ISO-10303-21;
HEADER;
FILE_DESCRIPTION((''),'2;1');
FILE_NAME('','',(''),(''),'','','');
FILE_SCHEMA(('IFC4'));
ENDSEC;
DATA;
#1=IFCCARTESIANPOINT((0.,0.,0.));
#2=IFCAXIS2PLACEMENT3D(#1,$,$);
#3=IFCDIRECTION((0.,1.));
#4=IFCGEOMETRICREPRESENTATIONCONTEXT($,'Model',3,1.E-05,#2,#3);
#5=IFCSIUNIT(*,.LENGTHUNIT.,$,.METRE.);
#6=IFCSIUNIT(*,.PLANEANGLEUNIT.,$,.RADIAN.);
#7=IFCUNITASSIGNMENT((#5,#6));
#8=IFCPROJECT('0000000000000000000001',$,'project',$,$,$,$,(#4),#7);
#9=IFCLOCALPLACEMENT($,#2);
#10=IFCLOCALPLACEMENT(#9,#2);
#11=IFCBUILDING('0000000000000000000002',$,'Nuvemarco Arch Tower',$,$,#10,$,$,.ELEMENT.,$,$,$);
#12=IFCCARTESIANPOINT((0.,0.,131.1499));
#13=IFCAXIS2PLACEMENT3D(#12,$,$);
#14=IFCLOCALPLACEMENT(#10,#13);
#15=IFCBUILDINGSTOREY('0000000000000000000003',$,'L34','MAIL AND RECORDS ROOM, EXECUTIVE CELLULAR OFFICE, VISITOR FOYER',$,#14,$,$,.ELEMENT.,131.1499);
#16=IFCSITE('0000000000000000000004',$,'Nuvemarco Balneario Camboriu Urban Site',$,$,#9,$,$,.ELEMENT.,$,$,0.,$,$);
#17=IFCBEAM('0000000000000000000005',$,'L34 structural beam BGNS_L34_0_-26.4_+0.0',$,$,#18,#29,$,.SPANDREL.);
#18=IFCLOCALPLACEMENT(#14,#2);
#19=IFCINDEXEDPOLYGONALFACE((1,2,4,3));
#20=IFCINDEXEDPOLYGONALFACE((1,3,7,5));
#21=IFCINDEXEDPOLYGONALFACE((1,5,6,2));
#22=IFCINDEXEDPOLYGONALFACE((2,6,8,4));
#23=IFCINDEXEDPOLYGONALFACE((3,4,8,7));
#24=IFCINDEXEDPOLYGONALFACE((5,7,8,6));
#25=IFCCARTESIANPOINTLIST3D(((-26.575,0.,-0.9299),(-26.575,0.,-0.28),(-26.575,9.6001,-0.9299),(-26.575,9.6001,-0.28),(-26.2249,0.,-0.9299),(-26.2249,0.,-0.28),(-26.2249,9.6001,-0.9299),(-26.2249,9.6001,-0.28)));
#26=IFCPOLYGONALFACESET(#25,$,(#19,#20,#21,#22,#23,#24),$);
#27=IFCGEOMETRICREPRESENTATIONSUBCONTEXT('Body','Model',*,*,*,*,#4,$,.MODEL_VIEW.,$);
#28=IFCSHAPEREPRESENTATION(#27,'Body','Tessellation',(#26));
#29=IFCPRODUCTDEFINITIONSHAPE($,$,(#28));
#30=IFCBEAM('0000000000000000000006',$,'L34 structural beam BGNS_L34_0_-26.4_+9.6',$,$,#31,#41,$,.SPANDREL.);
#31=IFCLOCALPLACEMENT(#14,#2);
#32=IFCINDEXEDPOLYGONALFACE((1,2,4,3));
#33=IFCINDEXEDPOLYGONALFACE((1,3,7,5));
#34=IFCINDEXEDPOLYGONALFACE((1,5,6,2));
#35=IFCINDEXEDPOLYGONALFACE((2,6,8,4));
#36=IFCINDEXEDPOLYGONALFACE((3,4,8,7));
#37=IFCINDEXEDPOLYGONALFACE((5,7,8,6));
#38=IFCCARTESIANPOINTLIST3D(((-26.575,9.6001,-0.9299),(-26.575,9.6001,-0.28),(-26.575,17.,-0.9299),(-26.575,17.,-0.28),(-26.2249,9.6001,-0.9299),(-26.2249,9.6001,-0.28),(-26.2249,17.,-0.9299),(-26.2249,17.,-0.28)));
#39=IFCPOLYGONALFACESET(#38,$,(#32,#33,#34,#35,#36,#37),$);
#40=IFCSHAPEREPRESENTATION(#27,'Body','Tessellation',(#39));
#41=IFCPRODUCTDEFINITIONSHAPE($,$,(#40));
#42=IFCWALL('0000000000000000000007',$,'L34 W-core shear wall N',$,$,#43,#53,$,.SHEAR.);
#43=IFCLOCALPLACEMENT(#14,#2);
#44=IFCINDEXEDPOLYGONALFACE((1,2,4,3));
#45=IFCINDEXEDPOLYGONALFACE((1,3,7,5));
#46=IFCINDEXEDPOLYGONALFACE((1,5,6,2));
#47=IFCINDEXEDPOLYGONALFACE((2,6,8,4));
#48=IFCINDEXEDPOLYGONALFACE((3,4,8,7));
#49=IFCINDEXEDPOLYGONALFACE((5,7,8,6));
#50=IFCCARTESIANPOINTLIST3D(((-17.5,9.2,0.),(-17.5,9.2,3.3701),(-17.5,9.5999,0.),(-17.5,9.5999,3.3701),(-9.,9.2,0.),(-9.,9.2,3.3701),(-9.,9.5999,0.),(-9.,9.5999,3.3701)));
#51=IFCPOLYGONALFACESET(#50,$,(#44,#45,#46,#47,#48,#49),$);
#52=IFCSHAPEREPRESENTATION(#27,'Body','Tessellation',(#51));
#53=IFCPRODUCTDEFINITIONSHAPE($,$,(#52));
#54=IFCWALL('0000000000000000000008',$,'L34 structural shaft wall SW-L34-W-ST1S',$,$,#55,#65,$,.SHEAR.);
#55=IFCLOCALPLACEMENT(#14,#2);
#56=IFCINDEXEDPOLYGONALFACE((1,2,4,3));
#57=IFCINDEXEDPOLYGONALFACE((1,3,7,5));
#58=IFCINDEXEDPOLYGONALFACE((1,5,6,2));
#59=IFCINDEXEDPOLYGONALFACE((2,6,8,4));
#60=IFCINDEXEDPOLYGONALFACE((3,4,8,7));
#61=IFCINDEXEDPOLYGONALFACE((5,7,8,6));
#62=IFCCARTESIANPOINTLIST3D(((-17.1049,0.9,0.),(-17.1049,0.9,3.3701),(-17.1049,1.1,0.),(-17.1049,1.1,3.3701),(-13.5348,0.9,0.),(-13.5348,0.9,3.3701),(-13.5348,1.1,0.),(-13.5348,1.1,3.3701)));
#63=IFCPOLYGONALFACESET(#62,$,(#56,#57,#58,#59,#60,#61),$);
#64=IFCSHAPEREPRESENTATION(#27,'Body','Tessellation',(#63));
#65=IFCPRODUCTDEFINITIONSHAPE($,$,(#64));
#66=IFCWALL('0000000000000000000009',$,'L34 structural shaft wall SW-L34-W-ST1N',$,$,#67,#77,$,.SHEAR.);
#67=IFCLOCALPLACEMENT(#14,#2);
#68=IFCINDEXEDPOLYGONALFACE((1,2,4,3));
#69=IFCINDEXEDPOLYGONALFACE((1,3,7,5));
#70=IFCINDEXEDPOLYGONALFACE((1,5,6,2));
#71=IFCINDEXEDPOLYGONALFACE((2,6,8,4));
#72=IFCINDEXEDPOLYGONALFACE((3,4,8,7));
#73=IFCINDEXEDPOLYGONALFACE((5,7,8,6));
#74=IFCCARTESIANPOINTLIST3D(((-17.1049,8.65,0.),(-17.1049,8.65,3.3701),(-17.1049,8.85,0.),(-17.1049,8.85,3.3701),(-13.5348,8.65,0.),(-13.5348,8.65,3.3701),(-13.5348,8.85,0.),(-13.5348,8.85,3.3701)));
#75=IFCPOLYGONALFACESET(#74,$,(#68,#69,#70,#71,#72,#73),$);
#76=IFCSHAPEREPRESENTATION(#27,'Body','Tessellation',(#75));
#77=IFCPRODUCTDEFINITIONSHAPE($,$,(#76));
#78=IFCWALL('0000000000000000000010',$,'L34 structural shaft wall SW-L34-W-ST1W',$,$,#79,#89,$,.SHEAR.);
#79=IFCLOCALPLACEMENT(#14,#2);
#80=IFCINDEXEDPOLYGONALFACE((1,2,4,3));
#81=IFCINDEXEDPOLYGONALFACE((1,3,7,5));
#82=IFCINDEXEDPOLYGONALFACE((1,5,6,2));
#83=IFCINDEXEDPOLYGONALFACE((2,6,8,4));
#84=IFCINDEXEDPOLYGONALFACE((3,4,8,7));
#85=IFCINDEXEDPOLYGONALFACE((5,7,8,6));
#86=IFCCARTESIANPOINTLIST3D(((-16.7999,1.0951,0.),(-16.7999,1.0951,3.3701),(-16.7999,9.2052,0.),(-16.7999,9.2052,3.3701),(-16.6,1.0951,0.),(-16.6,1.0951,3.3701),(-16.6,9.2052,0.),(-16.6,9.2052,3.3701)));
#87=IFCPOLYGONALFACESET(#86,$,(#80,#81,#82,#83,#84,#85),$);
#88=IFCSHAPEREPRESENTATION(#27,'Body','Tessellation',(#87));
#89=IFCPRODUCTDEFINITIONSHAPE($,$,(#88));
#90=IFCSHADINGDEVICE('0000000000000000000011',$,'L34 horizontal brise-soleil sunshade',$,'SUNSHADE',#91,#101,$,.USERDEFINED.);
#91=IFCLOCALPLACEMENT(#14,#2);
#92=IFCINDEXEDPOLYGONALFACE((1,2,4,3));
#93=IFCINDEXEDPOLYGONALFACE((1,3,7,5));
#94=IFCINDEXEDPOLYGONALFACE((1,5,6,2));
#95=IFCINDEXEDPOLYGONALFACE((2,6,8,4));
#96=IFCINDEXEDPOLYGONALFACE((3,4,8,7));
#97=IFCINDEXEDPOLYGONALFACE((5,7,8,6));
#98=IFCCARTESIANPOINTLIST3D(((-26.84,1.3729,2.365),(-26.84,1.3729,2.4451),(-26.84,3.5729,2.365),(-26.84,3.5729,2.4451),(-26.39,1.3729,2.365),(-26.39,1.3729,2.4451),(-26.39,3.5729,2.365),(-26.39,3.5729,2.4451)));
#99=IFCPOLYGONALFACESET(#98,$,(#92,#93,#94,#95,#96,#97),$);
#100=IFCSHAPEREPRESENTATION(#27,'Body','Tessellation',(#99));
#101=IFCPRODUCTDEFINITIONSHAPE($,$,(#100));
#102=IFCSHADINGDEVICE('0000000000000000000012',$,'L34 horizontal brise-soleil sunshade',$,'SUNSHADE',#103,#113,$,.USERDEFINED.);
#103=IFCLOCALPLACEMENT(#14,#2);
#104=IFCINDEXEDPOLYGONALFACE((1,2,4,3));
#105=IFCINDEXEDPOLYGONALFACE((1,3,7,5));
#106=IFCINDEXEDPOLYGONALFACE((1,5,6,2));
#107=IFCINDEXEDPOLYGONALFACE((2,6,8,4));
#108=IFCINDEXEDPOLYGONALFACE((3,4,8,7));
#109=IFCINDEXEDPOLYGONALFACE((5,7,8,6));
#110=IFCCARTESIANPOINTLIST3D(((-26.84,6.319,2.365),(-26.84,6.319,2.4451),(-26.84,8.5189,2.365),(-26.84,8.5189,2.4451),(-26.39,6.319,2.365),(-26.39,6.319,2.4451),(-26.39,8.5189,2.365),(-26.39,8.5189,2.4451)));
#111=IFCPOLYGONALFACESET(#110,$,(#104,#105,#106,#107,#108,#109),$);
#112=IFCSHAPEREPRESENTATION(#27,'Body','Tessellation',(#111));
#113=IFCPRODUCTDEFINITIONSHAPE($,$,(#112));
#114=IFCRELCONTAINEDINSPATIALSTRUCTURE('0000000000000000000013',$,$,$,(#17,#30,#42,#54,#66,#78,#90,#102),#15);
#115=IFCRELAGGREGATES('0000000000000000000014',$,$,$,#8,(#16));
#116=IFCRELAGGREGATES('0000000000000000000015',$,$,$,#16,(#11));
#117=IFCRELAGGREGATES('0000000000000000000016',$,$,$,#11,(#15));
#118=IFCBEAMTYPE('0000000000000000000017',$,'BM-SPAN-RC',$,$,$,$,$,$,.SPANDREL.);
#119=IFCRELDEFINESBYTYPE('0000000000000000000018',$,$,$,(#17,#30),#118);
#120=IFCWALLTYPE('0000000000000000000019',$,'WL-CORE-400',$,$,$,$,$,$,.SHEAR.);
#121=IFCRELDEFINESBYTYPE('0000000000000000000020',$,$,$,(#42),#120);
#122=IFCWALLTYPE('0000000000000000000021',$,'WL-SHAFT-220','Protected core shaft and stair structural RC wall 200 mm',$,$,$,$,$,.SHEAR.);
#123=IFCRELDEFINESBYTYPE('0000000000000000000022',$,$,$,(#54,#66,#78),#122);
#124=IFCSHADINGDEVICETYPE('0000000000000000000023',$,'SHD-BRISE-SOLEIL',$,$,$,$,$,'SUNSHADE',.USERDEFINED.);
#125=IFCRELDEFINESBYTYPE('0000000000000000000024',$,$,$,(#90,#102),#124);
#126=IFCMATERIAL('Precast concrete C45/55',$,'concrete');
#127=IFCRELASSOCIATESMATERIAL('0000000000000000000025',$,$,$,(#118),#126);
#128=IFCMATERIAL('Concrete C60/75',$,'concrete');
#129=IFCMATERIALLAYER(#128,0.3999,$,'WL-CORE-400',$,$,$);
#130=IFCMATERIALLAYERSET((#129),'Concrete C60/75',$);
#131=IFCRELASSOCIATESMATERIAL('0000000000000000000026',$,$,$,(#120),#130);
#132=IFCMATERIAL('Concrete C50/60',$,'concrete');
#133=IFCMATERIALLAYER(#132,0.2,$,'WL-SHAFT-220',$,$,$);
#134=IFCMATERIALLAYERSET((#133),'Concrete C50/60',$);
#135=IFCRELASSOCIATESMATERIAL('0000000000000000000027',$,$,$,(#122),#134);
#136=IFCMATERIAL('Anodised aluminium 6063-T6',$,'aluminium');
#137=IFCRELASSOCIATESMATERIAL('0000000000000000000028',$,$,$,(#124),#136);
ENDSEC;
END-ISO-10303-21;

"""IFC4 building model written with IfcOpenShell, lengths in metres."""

from ifc_helpers import new_model, si_unit, direction, frame, frame_2d, origin, origin_2d, place, context, subcontext, project, spatial, rectangle, extrude, source, transform, mapped, material, layer, layer_set, material_profile, profile_set, type_object, type_shapes, element, save


model = new_model("IFC4")

# Units and contexts
model_context = context("Model", 3, precision=1e-05, world=origin(), true_north=direction((0.0, 1.0)))
body_context = subcontext(model_context, "Body", "Model", "MODEL_VIEW")
ifc_project = project(units=[si_unit("LENGTHUNIT", "METRE"), si_unit("PLANEANGLEUNIT", "RADIAN")], contexts=[model_context])

# Site, building, storey
site_placement = place(None, origin())
site = spatial("IfcSite", under=ifc_project, at=site_placement, Name="Nuvemarco Balneario Camboriu Urban Site", CompositionType="ELEMENT", RefElevation=0.0)
building_placement = place(site_placement, origin())
building = spatial("IfcBuilding", under=site, at=building_placement, Name="Nuvemarco Arch Tower", CompositionType="ELEMENT")
storey_placement = place(building_placement, frame((0.0, 0.0, 131.1499)))
storey = spatial("IfcBuildingStorey", under=building, at=storey_placement, Name="L34", Description="MAIL AND RECORDS ROOM, EXECUTIVE CELLULAR OFFICE, VISITOR FOYER", CompositionType="ELEMENT", Elevation=131.1499)

# Shared definitions
ifc_material_1 = material(Name="Concrete C50/60", Category="concrete")

# Beams
ifc_material_2 = material(Name="Precast concrete C45/55", Category="concrete")
ifc_material_profile_1 = material_profile(ifc_material_2, rectangle(XDim=0.3501, YDim=0.6499, at=origin_2d()), Name="PC-SP-350x650")
ifc_profile_set_1 = profile_set([ifc_material_profile_1], Name="Precast concrete C45/55")
beam_type_1 = type_object("IfcBeamType", Name="BM-SPAN-RC", PredefinedType="SPANDREL", material=ifc_profile_set_1)
beam_1_placement = place(storey_placement, frame((-26.3999, 0.0, -0.605), z_axis=(0.0, 1.0, 0.0), x_axis=(-1.0, 0.0, 0.0)))
element("IfcBeam", 1, at=beam_1_placement, inside=storey, type_object=beam_type_1, Name="L34 structural beam BGNS_L34_0_-26.4_+0.0", PredefinedType="SPANDREL", context=body_context, shape_type="SweptSolid", body=[
    extrude(rectangle(XDim=0.3501, YDim=0.6499, at=origin_2d()), origin(), (0.0, 0.0, 1.0), 9.6001),
])
beam_2_placement = place(storey_placement, frame((-26.3999, 9.6001, -0.605), z_axis=(0.0, 1.0, 0.0), x_axis=(-1.0, 0.0, 0.0)))
element("IfcBeam", 2, at=beam_2_placement, inside=storey, type_object=beam_type_1, Name="L34 structural beam BGNS_L34_0_-26.4_+9.6", PredefinedType="SPANDREL", context=body_context, shape_type="SweptSolid", body=[
    extrude(rectangle(XDim=0.3501, YDim=0.6499, at=origin_2d()), origin(), (0.0, 0.0, 1.0), 7.3999),
])

# Walls
ifc_material_3 = material(Name="Concrete C60/75", Category="concrete")
ifc_layer_1 = layer(ifc_material_3, 0.3999, Name="WL-CORE-400")
ifc_layer_set_1 = layer_set([ifc_layer_1], Name="Concrete C60/75")
wall_type_1 = type_object("IfcWallType", Name="WL-CORE-400", PredefinedType="SHEAR", material=ifc_layer_set_1)
wall_1_placement = place(storey_placement, frame((-17.5, 9.3999, 0.0), z_axis=(0.0, 0.0, 1.0), x_axis=(1.0, 0.0, 0.0)))
element("IfcWall", 3, at=wall_1_placement, inside=storey, type_object=wall_type_1, Name="L34 W-core shear wall N", PredefinedType="SHEAR", context=body_context, shape_type="SweptSolid", body=[
    extrude(rectangle(XDim=8.5, YDim=0.3999, at=frame_2d((4.25, 0.0))), origin(), (0.0, 0.0, 1.0), 3.3701),
])
ifc_layer_2 = layer(ifc_material_1, 0.2, Name="WL-SHAFT-220")
ifc_layer_set_2 = layer_set([ifc_layer_2], Name="Concrete C50/60")
wall_type_2 = type_object("IfcWallType", Name="WL-SHAFT-220", Description="Protected core shaft and stair structural RC wall 200 mm", PredefinedType="SHEAR", material=ifc_layer_set_2)
for number, where, z_axis, x_axis, name in (
    (4, (-17.105, 1.0, 0.0), (0.0, 0.0, 1.0), (1.0, 0.0, 0.0), "L34 structural shaft wall SW-L34-W-ST1S"),
    (5, (-17.105, 8.75, 0.0), (0.0, 0.0, 1.0), (1.0, 0.0, 0.0), "L34 structural shaft wall SW-L34-W-ST1N"),
):
    element("IfcWall", number, at=place(storey_placement, frame(where, z_axis=z_axis, x_axis=x_axis)), inside=storey, type_object=wall_type_2, Name=name, PredefinedType="SHEAR", context=body_context, shape_type="SweptSolid", body=[
        extrude(rectangle(XDim=3.5701, YDim=0.2, at=frame_2d((1.7852, 0.0))), origin(), (0.0, 0.0, 1.0), 3.3701),
    ])
wall_2_placement = place(storey_placement, frame((-16.7, 1.095, 0.0), z_axis=(0.0, 0.0, 1.0), x_axis=(0.0, 1.0, 0.0)))
element("IfcWall", 6, at=wall_2_placement, inside=storey, type_object=wall_type_2, Name="L34 structural shaft wall SW-L34-W-ST1W", PredefinedType="SHEAR", context=body_context, shape_type="SweptSolid", body=[
    extrude(rectangle(XDim=8.1101, YDim=0.2, at=frame_2d((4.0552, 0.0))), origin(), (0.0, 0.0, 1.0), 3.3701),
])

# Shading devices
ifc_material_4 = material(Name="Anodised aluminium 6063-T6", Category="aluminium")
shading_device_type = type_object("IfcShadingDeviceType", Name="SHD-BRISE-SOLEIL", ElementType="SUNSHADE", PredefinedType="USERDEFINED", material=ifc_material_4)
shared_shape = source(origin(), body_context, "Body", "SweptSolid", [
    extrude(rectangle(XDim=2.2, YDim=0.45, at=origin_2d()), origin(), (0.0, 0.0, 1.0), 0.0801),
])
type_shapes(shading_device_type, [shared_shape])
for number, where, z_axis, x_axis, name in (
    (7, (-26.615, 2.4729, 2.365), (0.0, 0.0, 1.0), (0.0, 1.0, 0.0), "L34 horizontal brise-soleil sunshade"),
    (8, (-26.615, 7.4189, 2.365), (0.0, 0.0, 1.0), (0.0, 1.0, 0.0), "L34 horizontal brise-soleil sunshade"),
):
    element("IfcShadingDevice", number, at=place(storey_placement, frame(where, z_axis=z_axis, x_axis=x_axis)), inside=storey, type_object=shading_device_type, Name=name, ObjectType="SUNSHADE", PredefinedType="USERDEFINED", context=body_context, shape_type="MappedRepresentation", body=[
        mapped(shared_shape, transform((0.0, 0.0, 0.0), scale=1.0)),
    ])

save(model, "model.ifc")
